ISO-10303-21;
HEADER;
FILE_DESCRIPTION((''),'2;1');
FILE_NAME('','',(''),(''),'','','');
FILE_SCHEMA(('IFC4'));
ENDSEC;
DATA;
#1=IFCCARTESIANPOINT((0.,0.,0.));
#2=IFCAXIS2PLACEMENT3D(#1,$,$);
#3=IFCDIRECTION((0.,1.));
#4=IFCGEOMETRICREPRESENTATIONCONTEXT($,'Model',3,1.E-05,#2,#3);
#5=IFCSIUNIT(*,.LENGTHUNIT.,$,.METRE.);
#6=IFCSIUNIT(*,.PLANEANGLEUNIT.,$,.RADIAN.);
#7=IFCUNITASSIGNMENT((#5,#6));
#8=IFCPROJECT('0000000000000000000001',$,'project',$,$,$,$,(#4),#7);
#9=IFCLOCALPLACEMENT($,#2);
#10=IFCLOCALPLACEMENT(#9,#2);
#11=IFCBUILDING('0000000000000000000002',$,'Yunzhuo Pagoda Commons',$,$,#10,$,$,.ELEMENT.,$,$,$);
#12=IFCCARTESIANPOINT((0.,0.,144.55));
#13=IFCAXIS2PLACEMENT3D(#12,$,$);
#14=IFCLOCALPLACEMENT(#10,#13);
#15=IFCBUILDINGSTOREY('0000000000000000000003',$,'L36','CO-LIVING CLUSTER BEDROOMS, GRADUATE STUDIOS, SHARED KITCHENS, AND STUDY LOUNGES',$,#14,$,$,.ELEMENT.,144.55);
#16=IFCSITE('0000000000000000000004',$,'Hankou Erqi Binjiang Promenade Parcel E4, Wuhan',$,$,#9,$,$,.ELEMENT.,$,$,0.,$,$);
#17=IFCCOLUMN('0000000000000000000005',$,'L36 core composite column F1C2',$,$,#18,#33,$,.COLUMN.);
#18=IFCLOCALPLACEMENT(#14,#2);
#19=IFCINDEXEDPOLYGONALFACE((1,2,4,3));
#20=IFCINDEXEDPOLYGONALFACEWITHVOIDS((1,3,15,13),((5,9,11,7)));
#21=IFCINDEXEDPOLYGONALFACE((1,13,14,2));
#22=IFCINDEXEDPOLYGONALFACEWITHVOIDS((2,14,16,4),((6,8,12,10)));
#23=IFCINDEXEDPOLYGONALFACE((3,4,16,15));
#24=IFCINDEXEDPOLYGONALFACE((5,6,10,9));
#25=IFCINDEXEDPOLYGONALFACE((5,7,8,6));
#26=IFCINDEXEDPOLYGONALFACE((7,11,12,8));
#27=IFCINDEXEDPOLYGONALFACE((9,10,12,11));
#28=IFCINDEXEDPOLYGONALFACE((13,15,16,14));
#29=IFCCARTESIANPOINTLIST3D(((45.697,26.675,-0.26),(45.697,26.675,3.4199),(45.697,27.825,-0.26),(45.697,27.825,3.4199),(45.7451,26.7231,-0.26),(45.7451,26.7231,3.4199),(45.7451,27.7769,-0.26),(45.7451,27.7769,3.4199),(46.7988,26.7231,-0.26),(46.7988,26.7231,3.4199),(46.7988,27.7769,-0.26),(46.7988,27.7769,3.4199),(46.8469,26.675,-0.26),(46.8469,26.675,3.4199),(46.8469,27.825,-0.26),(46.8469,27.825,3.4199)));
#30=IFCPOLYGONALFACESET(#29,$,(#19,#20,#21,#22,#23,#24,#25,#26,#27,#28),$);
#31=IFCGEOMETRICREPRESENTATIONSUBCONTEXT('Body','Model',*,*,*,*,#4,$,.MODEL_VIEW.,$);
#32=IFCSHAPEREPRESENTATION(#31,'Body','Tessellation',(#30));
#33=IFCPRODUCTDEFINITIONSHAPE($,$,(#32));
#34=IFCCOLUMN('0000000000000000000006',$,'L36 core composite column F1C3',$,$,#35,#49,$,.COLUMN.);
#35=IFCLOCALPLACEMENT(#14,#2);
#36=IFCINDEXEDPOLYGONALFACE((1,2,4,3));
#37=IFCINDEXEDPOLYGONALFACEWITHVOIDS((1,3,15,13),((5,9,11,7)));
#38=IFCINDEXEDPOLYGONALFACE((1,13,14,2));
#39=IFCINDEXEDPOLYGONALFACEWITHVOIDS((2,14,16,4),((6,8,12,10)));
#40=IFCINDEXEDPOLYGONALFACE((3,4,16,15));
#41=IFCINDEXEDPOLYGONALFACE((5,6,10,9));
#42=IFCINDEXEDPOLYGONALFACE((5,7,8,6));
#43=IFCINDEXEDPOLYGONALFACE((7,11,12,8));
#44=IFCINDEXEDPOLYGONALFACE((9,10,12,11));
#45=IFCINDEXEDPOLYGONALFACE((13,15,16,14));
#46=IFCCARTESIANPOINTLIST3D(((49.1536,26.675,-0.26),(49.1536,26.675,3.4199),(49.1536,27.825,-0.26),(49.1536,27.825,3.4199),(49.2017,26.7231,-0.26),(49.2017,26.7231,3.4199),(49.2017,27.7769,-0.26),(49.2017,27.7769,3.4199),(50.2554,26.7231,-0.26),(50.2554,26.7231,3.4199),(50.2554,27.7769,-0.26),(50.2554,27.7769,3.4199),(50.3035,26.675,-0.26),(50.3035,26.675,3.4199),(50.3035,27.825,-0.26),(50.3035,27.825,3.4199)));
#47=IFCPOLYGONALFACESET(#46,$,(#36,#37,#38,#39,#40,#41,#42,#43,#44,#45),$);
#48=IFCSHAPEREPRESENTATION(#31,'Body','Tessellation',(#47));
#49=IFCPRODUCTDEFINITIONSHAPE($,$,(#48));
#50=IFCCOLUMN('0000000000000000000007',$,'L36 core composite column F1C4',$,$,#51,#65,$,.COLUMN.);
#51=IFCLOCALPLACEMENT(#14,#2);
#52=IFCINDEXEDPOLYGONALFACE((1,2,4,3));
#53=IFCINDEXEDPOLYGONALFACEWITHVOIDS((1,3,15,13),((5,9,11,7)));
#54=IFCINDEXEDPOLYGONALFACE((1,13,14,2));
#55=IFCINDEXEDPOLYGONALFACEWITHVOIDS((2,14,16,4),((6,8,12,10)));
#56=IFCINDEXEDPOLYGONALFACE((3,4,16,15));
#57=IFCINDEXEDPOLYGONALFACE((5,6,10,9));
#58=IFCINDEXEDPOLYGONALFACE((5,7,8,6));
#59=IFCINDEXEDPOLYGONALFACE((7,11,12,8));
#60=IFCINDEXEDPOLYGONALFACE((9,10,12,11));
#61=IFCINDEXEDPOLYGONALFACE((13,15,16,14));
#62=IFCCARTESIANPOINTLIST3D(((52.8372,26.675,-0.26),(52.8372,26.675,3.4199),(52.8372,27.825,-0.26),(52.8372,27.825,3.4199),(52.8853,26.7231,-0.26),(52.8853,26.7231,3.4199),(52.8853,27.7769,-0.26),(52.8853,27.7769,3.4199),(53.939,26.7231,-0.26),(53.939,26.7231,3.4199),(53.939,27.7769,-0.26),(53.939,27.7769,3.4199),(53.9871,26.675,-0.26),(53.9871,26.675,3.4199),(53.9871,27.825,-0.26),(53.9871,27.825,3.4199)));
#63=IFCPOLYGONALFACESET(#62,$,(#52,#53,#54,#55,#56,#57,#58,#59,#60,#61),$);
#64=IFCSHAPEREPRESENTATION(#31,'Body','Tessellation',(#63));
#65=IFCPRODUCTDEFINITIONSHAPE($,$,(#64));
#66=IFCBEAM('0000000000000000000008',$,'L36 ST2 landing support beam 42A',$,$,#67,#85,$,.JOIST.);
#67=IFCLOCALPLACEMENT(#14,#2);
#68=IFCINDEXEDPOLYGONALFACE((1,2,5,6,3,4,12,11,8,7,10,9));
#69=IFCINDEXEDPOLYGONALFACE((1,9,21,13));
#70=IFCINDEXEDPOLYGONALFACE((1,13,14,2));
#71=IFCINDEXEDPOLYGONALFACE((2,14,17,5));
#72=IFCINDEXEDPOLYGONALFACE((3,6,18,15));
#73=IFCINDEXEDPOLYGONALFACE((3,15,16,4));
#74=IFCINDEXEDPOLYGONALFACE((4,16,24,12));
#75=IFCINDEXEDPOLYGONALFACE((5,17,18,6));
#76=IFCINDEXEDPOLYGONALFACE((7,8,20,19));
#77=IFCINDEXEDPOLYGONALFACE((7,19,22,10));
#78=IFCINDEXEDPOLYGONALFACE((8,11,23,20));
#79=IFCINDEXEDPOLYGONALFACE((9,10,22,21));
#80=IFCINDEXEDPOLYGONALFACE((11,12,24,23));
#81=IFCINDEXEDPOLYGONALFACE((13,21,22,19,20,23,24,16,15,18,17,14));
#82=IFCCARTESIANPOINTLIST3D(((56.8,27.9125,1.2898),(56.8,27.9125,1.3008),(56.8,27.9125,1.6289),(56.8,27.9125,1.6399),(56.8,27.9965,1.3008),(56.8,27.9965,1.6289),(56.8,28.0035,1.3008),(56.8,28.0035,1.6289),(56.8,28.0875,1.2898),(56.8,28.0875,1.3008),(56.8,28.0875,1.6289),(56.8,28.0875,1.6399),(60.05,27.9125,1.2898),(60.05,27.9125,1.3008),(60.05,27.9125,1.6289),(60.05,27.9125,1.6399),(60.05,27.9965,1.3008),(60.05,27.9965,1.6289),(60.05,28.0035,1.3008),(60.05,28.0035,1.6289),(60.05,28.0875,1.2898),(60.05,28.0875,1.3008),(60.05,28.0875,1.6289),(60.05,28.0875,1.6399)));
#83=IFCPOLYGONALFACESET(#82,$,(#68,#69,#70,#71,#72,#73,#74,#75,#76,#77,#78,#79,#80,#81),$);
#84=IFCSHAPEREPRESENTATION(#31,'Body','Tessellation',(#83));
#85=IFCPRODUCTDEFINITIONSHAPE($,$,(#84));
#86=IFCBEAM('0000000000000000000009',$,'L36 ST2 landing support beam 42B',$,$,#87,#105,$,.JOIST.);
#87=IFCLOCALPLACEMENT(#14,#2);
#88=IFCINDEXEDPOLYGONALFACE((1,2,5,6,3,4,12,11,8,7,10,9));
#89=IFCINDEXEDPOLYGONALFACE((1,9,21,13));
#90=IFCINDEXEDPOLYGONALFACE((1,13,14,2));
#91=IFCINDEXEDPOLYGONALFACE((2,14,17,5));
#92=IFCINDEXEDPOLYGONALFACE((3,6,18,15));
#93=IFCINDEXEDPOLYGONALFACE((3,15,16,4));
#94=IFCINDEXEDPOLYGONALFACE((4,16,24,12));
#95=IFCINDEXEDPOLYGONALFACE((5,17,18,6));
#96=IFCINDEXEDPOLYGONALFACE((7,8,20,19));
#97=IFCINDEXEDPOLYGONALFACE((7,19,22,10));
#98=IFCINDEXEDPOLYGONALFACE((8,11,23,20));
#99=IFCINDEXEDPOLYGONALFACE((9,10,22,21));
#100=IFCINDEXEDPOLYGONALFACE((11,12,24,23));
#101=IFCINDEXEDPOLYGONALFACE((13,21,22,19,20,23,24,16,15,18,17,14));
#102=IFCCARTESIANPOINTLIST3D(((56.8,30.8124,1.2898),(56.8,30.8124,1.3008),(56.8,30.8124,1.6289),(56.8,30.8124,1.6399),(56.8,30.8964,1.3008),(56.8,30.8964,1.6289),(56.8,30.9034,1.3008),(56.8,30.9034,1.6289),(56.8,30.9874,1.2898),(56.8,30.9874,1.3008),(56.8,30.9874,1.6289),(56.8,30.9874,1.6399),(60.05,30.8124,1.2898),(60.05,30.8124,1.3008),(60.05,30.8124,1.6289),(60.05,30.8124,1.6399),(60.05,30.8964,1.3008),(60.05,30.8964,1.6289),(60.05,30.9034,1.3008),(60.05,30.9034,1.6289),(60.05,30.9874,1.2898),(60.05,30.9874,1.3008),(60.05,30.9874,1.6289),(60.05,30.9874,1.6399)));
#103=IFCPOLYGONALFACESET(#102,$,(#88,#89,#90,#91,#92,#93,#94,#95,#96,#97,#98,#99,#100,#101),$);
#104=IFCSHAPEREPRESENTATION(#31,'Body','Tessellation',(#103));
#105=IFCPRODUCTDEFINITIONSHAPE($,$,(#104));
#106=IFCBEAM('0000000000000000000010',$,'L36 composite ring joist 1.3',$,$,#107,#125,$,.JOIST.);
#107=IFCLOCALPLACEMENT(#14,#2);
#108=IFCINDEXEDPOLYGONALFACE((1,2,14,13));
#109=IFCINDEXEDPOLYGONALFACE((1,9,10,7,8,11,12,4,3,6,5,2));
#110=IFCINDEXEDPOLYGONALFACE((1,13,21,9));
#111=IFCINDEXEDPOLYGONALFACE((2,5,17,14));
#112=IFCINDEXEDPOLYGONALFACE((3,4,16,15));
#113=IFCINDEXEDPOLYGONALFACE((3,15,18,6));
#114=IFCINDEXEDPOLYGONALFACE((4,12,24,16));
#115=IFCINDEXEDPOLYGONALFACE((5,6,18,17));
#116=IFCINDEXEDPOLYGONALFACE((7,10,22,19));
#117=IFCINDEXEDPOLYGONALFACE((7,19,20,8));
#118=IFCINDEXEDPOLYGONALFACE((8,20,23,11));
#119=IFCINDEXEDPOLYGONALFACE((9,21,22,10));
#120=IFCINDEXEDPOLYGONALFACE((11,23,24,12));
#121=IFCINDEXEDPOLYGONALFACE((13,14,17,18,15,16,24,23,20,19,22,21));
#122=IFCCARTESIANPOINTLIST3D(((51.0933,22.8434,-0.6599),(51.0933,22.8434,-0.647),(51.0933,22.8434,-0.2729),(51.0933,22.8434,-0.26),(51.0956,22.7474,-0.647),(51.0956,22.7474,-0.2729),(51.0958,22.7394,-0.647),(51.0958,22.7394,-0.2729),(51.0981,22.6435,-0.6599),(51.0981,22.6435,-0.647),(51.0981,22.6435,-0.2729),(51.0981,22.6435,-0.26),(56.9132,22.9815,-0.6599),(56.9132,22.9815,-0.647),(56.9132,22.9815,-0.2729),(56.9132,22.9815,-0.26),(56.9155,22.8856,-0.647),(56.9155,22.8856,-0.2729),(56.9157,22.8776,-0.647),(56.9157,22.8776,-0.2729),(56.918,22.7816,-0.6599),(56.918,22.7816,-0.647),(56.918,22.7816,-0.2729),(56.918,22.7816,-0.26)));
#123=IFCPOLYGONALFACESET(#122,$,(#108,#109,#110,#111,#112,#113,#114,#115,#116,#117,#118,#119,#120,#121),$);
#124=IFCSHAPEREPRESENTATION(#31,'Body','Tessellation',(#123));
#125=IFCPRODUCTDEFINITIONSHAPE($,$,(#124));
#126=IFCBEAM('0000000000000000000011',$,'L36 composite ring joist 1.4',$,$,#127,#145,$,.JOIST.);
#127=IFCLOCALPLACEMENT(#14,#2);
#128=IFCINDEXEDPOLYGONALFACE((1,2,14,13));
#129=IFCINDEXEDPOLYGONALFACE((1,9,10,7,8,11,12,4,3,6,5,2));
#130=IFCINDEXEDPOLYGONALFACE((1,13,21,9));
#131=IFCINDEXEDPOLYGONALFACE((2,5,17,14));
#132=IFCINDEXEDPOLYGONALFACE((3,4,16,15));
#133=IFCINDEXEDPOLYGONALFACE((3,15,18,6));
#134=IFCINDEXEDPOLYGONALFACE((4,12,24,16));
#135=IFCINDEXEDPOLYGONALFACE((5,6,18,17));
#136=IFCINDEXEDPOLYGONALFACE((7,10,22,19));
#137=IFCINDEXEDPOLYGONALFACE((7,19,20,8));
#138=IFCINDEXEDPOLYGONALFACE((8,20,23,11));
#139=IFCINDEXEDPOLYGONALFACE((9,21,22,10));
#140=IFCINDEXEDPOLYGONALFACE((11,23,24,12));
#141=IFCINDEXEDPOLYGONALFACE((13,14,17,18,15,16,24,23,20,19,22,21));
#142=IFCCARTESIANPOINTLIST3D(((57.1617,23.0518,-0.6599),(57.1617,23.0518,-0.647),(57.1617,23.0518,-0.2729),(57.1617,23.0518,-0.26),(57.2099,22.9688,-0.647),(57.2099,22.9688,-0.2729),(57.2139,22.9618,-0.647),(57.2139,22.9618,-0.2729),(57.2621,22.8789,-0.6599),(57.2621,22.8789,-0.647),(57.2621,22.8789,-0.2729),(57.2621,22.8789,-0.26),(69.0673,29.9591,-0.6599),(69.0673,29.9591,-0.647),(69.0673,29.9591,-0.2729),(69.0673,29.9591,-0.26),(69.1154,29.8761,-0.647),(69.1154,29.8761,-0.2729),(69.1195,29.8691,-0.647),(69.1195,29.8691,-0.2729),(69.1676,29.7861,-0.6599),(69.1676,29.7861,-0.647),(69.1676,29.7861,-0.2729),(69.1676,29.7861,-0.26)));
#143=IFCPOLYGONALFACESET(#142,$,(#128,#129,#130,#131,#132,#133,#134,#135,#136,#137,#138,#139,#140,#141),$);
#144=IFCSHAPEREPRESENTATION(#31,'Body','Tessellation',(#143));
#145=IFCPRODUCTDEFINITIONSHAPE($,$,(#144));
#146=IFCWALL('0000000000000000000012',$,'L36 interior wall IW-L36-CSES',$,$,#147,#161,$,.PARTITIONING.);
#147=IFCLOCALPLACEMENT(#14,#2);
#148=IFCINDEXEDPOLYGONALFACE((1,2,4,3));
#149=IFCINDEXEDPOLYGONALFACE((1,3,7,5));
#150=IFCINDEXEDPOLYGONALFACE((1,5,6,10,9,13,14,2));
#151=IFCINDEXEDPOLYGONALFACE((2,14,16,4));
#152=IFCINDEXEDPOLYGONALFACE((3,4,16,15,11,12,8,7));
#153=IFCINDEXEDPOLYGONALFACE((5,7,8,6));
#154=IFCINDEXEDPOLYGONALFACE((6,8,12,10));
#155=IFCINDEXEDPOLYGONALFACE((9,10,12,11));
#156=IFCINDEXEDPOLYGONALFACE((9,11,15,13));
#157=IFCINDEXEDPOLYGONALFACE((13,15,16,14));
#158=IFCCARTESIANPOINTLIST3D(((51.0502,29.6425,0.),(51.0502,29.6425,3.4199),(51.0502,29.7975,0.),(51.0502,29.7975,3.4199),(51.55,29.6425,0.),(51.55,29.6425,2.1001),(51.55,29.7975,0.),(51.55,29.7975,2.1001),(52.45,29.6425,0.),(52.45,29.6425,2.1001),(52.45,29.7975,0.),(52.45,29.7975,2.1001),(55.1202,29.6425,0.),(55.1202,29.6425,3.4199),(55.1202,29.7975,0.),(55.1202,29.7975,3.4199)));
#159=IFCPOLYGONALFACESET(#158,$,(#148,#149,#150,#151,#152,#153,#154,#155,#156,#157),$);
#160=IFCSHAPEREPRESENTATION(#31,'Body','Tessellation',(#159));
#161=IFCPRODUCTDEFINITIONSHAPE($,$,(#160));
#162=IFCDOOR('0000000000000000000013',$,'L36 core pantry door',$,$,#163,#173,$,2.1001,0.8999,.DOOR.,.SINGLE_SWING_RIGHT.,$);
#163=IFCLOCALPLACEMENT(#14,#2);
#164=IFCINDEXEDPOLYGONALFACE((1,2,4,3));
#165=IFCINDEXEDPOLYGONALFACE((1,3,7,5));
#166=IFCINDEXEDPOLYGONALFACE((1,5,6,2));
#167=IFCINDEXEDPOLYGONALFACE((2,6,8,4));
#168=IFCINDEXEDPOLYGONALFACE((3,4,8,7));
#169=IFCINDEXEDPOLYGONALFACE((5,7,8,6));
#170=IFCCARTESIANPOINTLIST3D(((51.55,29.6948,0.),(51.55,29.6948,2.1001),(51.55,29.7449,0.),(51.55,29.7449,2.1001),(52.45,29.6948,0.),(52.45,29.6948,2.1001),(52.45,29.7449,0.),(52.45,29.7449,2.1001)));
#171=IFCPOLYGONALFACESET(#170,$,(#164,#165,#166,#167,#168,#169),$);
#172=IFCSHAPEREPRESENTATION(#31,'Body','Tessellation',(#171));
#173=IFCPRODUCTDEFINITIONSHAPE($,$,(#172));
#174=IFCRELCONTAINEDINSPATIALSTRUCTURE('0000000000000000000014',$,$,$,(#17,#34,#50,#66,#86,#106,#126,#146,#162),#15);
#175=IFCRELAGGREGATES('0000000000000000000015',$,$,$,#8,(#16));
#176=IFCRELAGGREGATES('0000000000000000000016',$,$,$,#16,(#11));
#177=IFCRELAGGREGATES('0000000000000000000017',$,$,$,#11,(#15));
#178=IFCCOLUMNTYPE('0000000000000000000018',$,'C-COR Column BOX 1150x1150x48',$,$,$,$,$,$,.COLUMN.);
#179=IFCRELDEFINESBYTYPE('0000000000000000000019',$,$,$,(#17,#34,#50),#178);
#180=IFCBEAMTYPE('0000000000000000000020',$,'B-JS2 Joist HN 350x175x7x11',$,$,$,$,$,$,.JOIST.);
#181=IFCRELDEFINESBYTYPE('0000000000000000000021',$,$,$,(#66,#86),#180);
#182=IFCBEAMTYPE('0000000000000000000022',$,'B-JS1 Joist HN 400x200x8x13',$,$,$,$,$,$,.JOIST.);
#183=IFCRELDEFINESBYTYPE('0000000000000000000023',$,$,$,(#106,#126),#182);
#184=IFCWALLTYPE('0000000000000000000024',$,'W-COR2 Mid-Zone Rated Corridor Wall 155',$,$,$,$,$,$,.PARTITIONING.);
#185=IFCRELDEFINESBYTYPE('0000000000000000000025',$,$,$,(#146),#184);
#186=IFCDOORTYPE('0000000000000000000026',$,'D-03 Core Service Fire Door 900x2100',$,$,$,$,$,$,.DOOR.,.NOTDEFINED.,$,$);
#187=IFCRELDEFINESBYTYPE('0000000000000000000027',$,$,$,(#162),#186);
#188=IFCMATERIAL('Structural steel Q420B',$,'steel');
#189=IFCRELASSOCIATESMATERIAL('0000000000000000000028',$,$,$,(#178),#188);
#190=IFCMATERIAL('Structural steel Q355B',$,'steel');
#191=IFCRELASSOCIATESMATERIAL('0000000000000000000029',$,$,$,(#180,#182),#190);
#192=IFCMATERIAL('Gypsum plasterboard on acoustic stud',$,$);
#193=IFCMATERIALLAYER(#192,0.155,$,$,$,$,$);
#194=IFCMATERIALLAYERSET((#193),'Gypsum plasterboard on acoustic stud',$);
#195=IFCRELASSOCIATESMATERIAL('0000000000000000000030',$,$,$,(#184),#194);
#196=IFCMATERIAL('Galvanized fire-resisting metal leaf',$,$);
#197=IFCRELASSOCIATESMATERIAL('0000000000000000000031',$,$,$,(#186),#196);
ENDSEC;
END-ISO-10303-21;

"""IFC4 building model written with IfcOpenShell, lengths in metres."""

from ifc_helpers import new_model, si_unit, direction, frame, frame_2d, origin, origin_with_axes, origin_2d, place, context, subcontext, project, spatial, rectangle, hollow_rectangle, i_section, extrude, source, transform, mapped, material, layer, layer_set, material_profile, profile_set, type_object, element, fill, save


model = new_model("IFC4")

# Units and contexts
model_context = context("Model", 3, precision=1e-05, world=origin(), true_north=direction((0.0, 1.0)))
body_context = subcontext(model_context, "Body", "Model", "MODEL_VIEW")
ifc_project = project(units=[si_unit("LENGTHUNIT", "METRE"), si_unit("PLANEANGLEUNIT", "RADIAN")], contexts=[model_context])

# Site, building, storey
site_placement = place(None, origin())
site = spatial("IfcSite", under=ifc_project, at=site_placement, Name="Hankou Erqi Binjiang Promenade Parcel E4, Wuhan", CompositionType="ELEMENT", RefElevation=0.0)
building_placement = place(site_placement, origin())
building = spatial("IfcBuilding", under=site, at=building_placement, Name="Yunzhuo Pagoda Commons", CompositionType="ELEMENT")
storey_placement = place(building_placement, frame((0.0, 0.0, 144.55)))
storey = spatial("IfcBuildingStorey", under=building, at=storey_placement, Name="L36", Description="CO-LIVING CLUSTER BEDROOMS, GRADUATE STUDIOS, SHARED KITCHENS, AND STUDY LOUNGES", CompositionType="ELEMENT", Elevation=144.55)

# Columns
ifc_material_1 = material(Name="Structural steel Q420B", Category="steel")
ifc_material_profile_1 = material_profile(ifc_material_1, hollow_rectangle(XDim=1.1499, YDim=1.1499, WallThickness=0.0481, at=origin_2d()), Name="Structural steel Q420B")
ifc_profile_set_1 = profile_set([ifc_material_profile_1], Name="Structural steel Q420B")
column_type = type_object("IfcColumnType", Name="C-COR Column BOX 1150x1150x48", PredefinedType="COLUMN", material=ifc_profile_set_1)
shared_shape_1 = source(origin(), body_context, "Body", "SweptSolid", [
    extrude(hollow_rectangle(XDim=1.1499, YDim=1.1499, WallThickness=0.0481, at=origin_2d()), origin(), (0.0, 0.0, 1.0), 3.6799),
])
for number, where, z_axis, x_axis, name in (
    (1, (46.272, 27.25, -0.26), (0.0, 0.0, 1.0), (1.0, 0.0, 0.0), "L36 core composite column F1C2"),
    (2, (49.7285, 27.25, -0.26), (0.0, 0.0, 1.0), (1.0, 0.0, 0.0), "L36 core composite column F1C3"),
    (3, (53.4121, 27.25, -0.26), (0.0, 0.0, 1.0), (1.0, 0.0, 0.0), "L36 core composite column F1C4"),
):
    element("IfcColumn", number, at=place(storey_placement, frame(where, z_axis=z_axis, x_axis=x_axis)), inside=storey, type_object=column_type, Name=name, PredefinedType="COLUMN", context=body_context, shape_type="MappedRepresentation", body=[
        mapped(shared_shape_1, transform((0.0, 0.0, 0.0), scale=1.0)),
    ])

# Beams
ifc_material_2 = material(Name="Structural steel Q355B", Category="steel")
ifc_material_profile_2 = material_profile(ifc_material_2, i_section(OverallWidth=0.175, OverallDepth=0.3501, WebThickness=0.0071, FlangeThickness=0.011, at=origin_2d()), Name="Structural steel Q355B")
ifc_profile_set_2 = profile_set([ifc_material_profile_2], Name="Structural steel Q355B")
beam_type_1 = type_object("IfcBeamType", Name="B-JS2 Joist HN 350x175x7x11", PredefinedType="JOIST", material=ifc_profile_set_2)
shared_shape_2 = source(origin(), body_context, "Body", "SweptSolid", [
    extrude(i_section(OverallWidth=0.175, OverallDepth=0.3501, WebThickness=0.0071, FlangeThickness=0.011, at=origin_2d()), origin(), (0.0, 0.0, 1.0), 3.25),
])
for number, where, z_axis, x_axis, name in (
    (4, (56.8, 28.0, 1.4648), (1.0, 0.0, 0.0), (0.0, 1.0, 0.0), "L36 ST2 landing support beam 42A"),
    (5, (56.8, 30.8999, 1.4648), (1.0, 0.0, 0.0), (0.0, 1.0, 0.0), "L36 ST2 landing support beam 42B"),
):
    element("IfcBeam", number, at=place(storey_placement, frame(where, z_axis=z_axis, x_axis=x_axis)), inside=storey, type_object=beam_type_1, Name=name, PredefinedType="JOIST", context=body_context, shape_type="MappedRepresentation", body=[
        mapped(shared_shape_2, transform((0.0, 0.0, 0.0), scale=1.0)),
    ])
ifc_material_profile_3 = material_profile(ifc_material_2, i_section(OverallWidth=0.2, OverallDepth=0.3999, WebThickness=0.0081, FlangeThickness=0.0129, at=origin_2d()), Name="Structural steel Q355B")
ifc_profile_set_3 = profile_set([ifc_material_profile_3], Name="Structural steel Q355B")
beam_type_2 = type_object("IfcBeamType", Name="B-JS1 Joist HN 400x200x8x13", PredefinedType="JOIST", material=ifc_profile_set_3)
shared_shape_3 = source(origin(), body_context, "Body", "SweptSolid", [
    extrude(i_section(OverallWidth=0.2, OverallDepth=0.3999, WebThickness=0.0081, FlangeThickness=0.0129, at=origin_2d()), origin(), (0.0, 0.0, 1.0), 5.8215),
])
beam_1_placement = place(storey_placement, frame((51.0957, 22.7434, -0.46), z_axis=(0.999718, 0.023737, 0.0), x_axis=(-0.023737, 0.999718, 0.0)))
element("IfcBeam", 6, at=beam_1_placement, inside=storey, type_object=beam_type_2, Name="L36 composite ring joist 1.3", PredefinedType="JOIST", context=body_context, shape_type="MappedRepresentation", body=[
    mapped(shared_shape_3, transform((0.0, 0.0, 0.0), scale=1.0)),
])
shared_shape_4 = source(origin(), body_context, "Body", "SweptSolid", [
    extrude(i_section(OverallWidth=0.2, OverallDepth=0.3999, WebThickness=0.0081, FlangeThickness=0.0129, at=origin_2d()), origin(), (0.0, 0.0, 1.0), 13.7642),
])
beam_2_placement = place(storey_placement, frame((57.2119, 22.9653, -0.46), z_axis=(0.864967, 0.501828, 0.0), x_axis=(-0.501828, 0.864967, 0.0)))
element("IfcBeam", 7, at=beam_2_placement, inside=storey, type_object=beam_type_2, Name="L36 composite ring joist 1.4", PredefinedType="JOIST", context=body_context, shape_type="MappedRepresentation", body=[
    mapped(shared_shape_4, transform((0.0, 0.0, 0.0), scale=1.0)),
])

# Wall, opening, door
ifc_material_3 = material(Name="Gypsum plasterboard on acoustic stud")
ifc_layer_1 = layer(ifc_material_3, 0.155)
ifc_layer_set_1 = layer_set([ifc_layer_1], Name="Gypsum plasterboard on acoustic stud")
wall_type_1 = type_object("IfcWallType", Name="W-COR2 Mid-Zone Rated Corridor Wall 155", PredefinedType="PARTITIONING", material=ifc_layer_set_1)
wall_1_placement = place(storey_placement, frame((51.05, 29.72, 0.0), z_axis=(0.0, 0.0, 1.0), x_axis=(1.0, 0.0, 0.0)))
wall_1 = element("IfcWall", 8, at=wall_1_placement, inside=storey, type_object=wall_type_1, Name="L36 interior wall IW-L36-CSES", PredefinedType="PARTITIONING", context=body_context, shape_type="SweptSolid", body=[
    extrude(rectangle(XDim=4.0701, YDim=0.155, at=frame_2d((2.0352, 0.0))), origin(), (0.0, 0.0, 1.0), 3.4199),
])
opening_1_placement = place(wall_1_placement, frame((0.5, 0.0, 0.0)))
opening_1 = element("IfcOpeningElement", 9, at=opening_1_placement, cuts=wall_1, PredefinedType="OPENING", context=body_context, shape_type="SweptSolid", body=[
    extrude(rectangle(XDim=0.8999, YDim=2.1001, at=frame_2d((0.45, 1.05))), frame((0.0, 0.0874, 0.0), z_axis=(0.0, -1.0, 0.0), x_axis=(1.0, 0.0, 0.0)), (0.0, 0.0, 1.0), 0.175),
])
ifc_material_4 = material(Name="Galvanized fire-resisting metal leaf")
door_type_1 = type_object("IfcDoorType", Name="D-03 Core Service Fire Door 900x2100", OperationType="NOTDEFINED", PredefinedType="DOOR", material=ifc_material_4)
shared_shape_5 = source(origin(), body_context, "Body", "SweptSolid", [
    extrude(rectangle(XDim=0.8999, YDim=2.1001, at=frame_2d((0.45, 1.05))), frame((0.0, 0.0249, 0.0), z_axis=(0.0, -1.0, 0.0), x_axis=(1.0, 0.0, 0.0)), (0.0, 0.0, 1.0), 0.05),
])
door_1_placement = place(opening_1_placement, origin_with_axes())
door_1 = element("IfcDoor", 10, at=door_1_placement, inside=storey, type_object=door_type_1, Name="L36 core pantry door", OperationType="SINGLE_SWING_RIGHT", OverallHeight=2.1001, OverallWidth=0.8999, PredefinedType="DOOR", context=body_context, shape_type="MappedRepresentation", body=[
    mapped(shared_shape_5, transform((0.0, 0.0, 0.0), scale=1.0)),
])
fill(opening_1, door_1)

save(model, "model.ifc")
